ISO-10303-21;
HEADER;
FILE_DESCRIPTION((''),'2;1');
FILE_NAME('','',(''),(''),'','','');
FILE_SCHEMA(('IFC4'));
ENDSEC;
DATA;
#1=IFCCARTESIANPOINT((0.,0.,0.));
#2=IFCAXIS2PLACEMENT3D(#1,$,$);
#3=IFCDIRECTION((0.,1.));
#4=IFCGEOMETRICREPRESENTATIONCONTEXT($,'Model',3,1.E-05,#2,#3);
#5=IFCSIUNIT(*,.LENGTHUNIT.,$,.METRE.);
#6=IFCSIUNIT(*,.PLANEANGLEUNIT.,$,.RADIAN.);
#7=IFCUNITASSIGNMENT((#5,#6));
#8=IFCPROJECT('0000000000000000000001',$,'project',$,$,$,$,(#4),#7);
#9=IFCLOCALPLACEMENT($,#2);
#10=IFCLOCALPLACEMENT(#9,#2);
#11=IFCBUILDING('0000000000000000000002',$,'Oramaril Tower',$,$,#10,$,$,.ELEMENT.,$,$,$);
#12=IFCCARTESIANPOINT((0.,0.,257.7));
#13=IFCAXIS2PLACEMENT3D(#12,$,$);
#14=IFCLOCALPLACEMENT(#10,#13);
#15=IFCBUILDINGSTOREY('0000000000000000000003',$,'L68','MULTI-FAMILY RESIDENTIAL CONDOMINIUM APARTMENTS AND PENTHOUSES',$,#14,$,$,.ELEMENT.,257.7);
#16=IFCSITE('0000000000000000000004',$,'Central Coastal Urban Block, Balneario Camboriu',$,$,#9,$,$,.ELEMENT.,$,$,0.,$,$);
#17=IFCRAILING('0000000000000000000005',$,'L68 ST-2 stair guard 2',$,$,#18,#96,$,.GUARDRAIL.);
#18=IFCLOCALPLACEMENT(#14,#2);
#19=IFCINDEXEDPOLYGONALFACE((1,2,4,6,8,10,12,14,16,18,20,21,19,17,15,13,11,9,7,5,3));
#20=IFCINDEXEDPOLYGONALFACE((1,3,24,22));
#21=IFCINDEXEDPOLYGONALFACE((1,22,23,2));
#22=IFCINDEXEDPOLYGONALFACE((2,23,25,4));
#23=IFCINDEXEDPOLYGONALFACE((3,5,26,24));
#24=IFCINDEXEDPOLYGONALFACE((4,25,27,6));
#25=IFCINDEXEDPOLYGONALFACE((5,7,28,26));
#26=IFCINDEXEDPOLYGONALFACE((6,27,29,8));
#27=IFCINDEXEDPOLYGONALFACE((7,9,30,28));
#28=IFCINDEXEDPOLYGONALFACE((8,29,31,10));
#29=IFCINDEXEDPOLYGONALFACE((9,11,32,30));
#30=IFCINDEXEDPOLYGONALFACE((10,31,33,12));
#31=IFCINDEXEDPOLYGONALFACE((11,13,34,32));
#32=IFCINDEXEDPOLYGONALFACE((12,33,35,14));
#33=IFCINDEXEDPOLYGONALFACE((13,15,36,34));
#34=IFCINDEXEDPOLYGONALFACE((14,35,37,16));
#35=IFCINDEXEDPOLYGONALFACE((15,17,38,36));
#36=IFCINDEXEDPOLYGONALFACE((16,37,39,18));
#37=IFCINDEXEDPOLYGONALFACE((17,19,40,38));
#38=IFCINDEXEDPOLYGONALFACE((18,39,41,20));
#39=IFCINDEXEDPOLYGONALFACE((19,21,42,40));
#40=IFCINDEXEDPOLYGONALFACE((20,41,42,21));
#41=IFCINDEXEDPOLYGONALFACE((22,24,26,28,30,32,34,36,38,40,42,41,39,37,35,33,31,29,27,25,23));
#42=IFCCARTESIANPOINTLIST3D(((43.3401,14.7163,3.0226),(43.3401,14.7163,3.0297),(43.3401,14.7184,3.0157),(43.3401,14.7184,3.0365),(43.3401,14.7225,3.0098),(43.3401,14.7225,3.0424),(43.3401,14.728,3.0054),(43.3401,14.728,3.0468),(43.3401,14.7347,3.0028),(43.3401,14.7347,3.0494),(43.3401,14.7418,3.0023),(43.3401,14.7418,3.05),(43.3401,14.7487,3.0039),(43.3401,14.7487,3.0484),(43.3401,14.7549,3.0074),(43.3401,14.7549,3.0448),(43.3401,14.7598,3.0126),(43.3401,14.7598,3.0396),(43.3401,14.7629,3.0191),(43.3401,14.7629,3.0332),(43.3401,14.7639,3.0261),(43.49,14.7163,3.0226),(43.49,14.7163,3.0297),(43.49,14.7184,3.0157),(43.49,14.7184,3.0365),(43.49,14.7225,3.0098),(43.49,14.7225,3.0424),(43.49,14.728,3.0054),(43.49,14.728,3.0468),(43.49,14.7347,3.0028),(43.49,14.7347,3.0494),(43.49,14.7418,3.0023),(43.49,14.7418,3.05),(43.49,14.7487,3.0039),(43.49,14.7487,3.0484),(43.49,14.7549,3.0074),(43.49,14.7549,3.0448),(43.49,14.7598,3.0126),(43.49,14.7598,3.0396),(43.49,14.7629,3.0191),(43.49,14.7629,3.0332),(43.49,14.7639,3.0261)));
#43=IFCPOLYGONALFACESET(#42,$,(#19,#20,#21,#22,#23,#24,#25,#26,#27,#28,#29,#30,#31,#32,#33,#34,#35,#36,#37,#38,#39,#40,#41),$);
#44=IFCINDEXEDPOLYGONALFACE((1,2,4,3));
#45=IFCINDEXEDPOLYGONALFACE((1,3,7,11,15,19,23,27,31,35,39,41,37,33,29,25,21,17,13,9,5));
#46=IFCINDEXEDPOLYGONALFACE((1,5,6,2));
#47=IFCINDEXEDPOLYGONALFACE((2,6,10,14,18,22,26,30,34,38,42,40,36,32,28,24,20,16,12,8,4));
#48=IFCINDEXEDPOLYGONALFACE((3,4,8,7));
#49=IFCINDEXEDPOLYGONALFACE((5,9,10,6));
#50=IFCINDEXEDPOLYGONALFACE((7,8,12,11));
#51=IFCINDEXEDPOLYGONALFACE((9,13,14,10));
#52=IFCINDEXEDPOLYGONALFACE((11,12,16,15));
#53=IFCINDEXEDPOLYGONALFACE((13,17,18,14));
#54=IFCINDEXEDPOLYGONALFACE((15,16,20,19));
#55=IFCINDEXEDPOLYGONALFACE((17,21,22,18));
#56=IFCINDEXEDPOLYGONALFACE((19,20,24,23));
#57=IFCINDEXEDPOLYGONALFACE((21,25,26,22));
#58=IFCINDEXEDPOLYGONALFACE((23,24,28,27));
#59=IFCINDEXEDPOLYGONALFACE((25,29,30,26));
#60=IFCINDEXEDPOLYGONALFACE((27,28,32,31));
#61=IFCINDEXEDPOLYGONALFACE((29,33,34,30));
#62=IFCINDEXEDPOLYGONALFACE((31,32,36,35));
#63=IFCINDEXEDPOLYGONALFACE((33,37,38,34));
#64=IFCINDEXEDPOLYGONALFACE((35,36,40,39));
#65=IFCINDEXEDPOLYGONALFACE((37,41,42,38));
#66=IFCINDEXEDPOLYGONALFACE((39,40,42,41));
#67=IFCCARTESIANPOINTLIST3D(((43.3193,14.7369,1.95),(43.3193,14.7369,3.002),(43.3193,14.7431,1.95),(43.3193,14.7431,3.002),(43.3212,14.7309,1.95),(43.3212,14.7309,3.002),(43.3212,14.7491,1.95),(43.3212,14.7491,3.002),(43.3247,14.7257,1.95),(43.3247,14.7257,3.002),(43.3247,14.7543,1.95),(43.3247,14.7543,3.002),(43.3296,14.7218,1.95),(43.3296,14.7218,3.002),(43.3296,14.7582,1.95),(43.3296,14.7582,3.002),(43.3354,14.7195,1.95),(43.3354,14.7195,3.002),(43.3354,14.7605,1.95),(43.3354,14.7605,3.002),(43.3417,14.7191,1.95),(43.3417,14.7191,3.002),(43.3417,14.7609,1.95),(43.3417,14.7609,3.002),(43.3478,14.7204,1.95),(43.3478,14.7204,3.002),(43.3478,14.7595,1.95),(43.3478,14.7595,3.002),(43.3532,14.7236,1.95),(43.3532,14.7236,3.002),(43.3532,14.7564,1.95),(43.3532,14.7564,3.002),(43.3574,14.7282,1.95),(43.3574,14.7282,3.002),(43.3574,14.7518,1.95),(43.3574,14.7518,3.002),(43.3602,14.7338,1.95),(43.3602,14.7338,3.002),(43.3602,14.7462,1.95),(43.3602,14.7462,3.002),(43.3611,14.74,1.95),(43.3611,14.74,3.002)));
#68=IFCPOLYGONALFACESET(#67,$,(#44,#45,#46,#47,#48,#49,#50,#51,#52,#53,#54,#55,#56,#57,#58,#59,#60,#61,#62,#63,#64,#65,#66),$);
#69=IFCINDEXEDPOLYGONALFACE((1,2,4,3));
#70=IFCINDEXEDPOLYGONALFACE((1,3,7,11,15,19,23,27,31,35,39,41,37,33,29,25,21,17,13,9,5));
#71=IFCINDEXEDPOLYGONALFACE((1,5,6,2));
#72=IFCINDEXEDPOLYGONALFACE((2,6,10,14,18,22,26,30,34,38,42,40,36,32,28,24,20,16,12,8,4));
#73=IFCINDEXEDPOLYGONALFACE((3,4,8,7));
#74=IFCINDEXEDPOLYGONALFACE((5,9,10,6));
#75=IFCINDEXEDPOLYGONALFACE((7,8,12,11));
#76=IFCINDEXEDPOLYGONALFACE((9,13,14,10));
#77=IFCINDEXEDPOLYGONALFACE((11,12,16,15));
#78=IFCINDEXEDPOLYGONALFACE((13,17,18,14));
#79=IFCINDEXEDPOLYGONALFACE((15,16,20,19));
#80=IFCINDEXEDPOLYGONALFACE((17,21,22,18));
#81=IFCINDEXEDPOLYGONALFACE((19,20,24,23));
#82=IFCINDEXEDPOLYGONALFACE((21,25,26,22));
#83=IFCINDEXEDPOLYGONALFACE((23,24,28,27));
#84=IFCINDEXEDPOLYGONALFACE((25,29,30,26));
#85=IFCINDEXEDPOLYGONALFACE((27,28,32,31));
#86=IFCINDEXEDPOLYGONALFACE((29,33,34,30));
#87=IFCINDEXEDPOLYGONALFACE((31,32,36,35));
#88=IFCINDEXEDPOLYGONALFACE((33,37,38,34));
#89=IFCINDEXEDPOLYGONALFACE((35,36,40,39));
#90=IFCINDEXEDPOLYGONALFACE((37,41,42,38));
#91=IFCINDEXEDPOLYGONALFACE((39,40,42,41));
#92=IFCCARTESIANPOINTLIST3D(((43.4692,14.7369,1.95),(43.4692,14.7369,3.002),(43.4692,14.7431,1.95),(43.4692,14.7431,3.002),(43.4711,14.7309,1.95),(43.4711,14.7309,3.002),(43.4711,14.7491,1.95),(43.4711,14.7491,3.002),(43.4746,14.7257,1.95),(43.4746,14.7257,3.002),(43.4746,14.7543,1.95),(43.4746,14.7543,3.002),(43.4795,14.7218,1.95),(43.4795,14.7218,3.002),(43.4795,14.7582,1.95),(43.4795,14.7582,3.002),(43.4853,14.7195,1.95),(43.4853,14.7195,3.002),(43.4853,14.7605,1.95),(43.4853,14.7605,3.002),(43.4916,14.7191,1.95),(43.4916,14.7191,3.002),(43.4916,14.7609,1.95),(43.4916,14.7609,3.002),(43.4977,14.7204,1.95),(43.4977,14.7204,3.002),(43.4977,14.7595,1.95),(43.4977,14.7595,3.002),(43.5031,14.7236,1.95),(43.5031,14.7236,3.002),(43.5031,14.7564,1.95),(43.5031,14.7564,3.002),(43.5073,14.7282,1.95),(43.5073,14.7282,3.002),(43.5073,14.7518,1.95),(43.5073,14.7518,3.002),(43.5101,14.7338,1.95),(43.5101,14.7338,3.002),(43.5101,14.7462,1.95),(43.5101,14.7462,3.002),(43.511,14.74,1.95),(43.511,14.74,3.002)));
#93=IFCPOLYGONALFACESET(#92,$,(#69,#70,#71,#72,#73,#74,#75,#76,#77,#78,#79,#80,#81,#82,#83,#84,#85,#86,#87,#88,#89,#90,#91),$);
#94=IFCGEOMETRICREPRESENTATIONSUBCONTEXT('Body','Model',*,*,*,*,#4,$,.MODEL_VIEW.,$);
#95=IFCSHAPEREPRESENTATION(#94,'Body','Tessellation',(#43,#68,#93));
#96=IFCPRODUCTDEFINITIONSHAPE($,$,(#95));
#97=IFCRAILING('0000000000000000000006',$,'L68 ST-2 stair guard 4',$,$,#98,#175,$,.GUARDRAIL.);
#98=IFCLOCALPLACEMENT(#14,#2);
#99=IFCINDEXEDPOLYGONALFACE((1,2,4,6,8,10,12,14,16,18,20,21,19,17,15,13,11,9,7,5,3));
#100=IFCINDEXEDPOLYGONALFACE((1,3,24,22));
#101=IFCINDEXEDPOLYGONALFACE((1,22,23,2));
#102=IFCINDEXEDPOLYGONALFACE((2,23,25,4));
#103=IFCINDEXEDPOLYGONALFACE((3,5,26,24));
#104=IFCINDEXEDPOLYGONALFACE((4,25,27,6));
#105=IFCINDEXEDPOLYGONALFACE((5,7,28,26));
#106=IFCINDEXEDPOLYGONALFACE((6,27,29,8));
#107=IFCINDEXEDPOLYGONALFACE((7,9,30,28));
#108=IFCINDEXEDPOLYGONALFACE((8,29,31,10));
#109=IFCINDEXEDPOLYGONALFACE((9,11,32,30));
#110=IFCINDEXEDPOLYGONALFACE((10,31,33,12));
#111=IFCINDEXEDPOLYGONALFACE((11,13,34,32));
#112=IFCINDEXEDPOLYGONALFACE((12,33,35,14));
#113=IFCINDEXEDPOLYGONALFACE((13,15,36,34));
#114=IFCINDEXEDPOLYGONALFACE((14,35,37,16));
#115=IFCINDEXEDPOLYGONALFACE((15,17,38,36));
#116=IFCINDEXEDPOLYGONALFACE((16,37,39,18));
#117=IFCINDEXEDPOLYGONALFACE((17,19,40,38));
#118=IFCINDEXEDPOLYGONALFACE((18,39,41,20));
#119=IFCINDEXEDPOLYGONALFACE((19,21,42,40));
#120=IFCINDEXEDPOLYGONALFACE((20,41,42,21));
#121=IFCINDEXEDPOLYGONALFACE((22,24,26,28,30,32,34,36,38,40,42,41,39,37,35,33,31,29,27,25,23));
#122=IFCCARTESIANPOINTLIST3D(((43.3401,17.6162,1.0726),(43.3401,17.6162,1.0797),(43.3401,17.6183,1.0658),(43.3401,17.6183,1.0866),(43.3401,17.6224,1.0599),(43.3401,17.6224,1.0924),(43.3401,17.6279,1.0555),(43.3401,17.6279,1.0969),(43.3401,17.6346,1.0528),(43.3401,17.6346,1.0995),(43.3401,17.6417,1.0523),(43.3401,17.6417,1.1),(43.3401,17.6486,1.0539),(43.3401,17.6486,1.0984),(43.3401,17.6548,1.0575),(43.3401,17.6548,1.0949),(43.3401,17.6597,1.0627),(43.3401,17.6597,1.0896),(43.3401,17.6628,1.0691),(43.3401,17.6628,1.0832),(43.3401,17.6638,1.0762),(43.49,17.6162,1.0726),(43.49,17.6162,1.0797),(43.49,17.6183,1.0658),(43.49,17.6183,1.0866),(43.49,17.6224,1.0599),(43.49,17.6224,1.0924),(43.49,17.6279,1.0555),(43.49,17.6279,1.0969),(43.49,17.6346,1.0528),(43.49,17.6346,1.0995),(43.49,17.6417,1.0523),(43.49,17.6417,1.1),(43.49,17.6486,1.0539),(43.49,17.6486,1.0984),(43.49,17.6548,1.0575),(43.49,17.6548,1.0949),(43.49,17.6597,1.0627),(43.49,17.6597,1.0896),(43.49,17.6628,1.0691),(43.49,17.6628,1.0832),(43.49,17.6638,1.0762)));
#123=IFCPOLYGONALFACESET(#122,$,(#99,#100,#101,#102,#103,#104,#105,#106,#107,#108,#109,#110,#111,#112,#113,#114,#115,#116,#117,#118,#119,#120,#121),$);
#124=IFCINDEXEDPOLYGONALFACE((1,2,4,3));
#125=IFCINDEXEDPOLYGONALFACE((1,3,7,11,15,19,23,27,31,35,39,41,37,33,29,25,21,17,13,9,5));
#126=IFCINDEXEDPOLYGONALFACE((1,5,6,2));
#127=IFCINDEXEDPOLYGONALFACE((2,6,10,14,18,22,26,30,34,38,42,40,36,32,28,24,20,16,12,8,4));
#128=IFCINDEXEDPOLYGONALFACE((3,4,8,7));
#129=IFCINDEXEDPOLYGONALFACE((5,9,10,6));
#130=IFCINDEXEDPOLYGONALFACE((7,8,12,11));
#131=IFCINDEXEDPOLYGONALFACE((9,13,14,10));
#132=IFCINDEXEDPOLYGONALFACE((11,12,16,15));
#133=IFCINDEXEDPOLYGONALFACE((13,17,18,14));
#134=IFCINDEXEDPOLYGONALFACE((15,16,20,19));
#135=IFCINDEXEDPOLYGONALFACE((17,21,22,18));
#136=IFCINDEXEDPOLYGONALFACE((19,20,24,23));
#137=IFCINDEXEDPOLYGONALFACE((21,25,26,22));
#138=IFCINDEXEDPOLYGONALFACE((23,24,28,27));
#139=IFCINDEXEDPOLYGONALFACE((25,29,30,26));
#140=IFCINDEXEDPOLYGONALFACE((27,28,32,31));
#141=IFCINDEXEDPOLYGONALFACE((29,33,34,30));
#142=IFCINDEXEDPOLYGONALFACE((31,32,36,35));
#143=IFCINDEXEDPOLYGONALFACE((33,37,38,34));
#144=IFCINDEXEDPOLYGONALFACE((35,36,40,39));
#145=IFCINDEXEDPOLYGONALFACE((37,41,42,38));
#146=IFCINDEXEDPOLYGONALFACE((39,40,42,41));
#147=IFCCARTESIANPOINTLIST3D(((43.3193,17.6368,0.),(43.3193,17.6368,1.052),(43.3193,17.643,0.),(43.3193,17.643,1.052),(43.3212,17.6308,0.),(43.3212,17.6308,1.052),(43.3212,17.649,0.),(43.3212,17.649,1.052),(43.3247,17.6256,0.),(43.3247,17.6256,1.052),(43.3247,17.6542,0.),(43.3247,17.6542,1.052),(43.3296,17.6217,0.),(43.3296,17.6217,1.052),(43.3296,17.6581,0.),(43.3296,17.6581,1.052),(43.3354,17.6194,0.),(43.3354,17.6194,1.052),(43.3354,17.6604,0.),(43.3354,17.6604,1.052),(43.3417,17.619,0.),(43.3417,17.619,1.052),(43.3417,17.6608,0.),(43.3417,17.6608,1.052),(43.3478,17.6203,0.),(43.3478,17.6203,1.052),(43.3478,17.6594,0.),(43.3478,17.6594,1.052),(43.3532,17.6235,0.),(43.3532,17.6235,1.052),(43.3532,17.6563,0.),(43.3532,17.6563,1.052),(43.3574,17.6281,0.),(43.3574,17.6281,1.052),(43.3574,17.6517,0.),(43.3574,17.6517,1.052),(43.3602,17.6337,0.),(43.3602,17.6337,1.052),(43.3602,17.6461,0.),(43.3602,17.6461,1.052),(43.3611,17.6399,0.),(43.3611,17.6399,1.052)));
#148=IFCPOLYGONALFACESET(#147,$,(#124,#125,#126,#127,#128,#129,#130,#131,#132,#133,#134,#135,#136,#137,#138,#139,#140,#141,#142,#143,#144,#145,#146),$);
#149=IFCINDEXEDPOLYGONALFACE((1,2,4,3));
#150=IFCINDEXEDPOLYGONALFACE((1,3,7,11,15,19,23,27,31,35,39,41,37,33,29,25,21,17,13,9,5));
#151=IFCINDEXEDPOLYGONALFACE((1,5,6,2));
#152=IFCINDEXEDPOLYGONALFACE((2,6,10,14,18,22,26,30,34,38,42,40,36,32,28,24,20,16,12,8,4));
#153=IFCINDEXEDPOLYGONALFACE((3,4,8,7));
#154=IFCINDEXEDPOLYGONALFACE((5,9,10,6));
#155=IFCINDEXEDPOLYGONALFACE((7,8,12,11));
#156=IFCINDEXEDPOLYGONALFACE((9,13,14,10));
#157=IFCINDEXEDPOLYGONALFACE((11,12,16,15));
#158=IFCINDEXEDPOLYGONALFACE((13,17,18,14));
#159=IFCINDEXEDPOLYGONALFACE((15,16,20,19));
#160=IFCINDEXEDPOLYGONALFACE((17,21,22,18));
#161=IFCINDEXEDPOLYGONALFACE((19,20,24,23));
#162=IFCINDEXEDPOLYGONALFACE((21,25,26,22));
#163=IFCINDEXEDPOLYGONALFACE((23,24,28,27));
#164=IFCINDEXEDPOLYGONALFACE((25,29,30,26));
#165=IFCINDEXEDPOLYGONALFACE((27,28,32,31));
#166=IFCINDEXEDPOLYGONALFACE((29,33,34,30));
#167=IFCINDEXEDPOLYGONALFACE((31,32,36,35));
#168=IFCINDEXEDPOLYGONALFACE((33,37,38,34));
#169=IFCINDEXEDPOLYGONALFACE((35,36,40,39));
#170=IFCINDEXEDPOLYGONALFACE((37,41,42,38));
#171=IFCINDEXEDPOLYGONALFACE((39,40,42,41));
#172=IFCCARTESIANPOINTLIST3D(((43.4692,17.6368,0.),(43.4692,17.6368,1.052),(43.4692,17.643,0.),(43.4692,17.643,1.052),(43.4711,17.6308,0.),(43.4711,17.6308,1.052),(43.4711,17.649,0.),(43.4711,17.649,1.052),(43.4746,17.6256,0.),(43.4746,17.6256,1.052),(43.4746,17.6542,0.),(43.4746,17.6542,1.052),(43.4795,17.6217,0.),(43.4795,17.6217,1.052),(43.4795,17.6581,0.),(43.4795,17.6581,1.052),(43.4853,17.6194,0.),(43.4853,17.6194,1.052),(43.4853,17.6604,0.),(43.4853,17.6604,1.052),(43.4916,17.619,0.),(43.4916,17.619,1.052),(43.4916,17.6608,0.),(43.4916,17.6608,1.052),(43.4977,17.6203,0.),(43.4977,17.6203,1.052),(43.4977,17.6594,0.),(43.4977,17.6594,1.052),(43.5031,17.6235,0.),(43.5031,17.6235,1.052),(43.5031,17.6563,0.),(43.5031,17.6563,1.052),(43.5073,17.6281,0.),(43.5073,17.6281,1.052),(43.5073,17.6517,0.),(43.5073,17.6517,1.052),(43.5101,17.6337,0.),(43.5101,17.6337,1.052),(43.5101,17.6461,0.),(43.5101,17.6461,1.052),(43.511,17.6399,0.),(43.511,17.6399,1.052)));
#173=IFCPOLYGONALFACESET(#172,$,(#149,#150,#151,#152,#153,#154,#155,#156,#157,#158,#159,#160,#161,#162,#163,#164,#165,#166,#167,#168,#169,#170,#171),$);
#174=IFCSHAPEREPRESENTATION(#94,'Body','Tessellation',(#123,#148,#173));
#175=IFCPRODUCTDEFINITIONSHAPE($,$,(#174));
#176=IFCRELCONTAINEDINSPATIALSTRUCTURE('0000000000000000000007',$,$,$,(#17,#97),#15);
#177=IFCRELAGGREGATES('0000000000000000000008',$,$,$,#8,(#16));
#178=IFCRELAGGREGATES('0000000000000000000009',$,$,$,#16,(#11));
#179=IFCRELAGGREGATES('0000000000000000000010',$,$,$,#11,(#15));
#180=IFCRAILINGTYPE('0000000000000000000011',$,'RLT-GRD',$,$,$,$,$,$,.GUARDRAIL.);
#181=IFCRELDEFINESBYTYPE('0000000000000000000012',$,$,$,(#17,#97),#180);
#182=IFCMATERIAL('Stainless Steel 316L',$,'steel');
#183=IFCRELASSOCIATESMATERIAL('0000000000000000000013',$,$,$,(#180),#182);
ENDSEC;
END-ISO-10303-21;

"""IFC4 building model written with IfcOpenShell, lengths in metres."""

from ifc_helpers import new_model, si_unit, direction, frame, origin, origin_2d, place, context, subcontext, project, spatial, circle, extrude, material, type_object, element, save


model = new_model("IFC4")

# Units and contexts
model_context = context("Model", 3, precision=1e-05, world=origin(), true_north=direction((0.0, 1.0)))
body_context = subcontext(model_context, "Body", "Model", "MODEL_VIEW")
ifc_project = project(units=[si_unit("LENGTHUNIT", "METRE"), si_unit("PLANEANGLEUNIT", "RADIAN")], contexts=[model_context])

# Site, building, storey
site_placement = place(None, origin())
site = spatial("IfcSite", under=ifc_project, at=site_placement, Name="Central Coastal Urban Block, Balneario Camboriu", CompositionType="ELEMENT", RefElevation=0.0)
building_placement = place(site_placement, origin())
building = spatial("IfcBuilding", under=site, at=building_placement, Name="Oramaril Tower", CompositionType="ELEMENT")
storey_placement = place(building_placement, frame((0.0, 0.0, 257.7)))
storey = spatial("IfcBuildingStorey", under=building, at=storey_placement, Name="L68", Description="MULTI-FAMILY RESIDENTIAL CONDOMINIUM APARTMENTS AND PENTHOUSES", CompositionType="ELEMENT", Elevation=257.7)

# Railings
ifc_material_1 = material(Name="Stainless Steel 316L", Category="steel")
railing_type_1 = type_object("IfcRailingType", Name="RLT-GRD", PredefinedType="GUARDRAIL", material=ifc_material_1)
for number, where, name in (
    (1, (43.3401, 14.74, 1.95), "L68 ST-2 stair guard 2"),
    (2, (43.3401, 17.6399, 0.0), "L68 ST-2 stair guard 4"),
):
    element("IfcRailing", number, at=place(storey_placement, frame(where)), inside=storey, type_object=railing_type_1, Name=name, PredefinedType="GUARDRAIL", context=body_context, shape_type="SweptSolid", body=[
        extrude(circle(Radius=0.0239, at=origin_2d()), frame((0.0, 0.0, 1.0762), z_axis=(1.0, 0.0, 0.0), x_axis=(0.0, 1.0, 0.0)), (0.0, 0.0, 1.0), 0.1499),
        extrude(circle(Radius=0.021, at=origin_2d()), origin(), (0.0, 0.0, 1.0), 1.052),
        extrude(circle(Radius=0.021, at=origin_2d()), frame((0.1499, 0.0, 0.0)), (0.0, 0.0, 1.0), 1.052),
    ])

save(model, "model.ifc")
